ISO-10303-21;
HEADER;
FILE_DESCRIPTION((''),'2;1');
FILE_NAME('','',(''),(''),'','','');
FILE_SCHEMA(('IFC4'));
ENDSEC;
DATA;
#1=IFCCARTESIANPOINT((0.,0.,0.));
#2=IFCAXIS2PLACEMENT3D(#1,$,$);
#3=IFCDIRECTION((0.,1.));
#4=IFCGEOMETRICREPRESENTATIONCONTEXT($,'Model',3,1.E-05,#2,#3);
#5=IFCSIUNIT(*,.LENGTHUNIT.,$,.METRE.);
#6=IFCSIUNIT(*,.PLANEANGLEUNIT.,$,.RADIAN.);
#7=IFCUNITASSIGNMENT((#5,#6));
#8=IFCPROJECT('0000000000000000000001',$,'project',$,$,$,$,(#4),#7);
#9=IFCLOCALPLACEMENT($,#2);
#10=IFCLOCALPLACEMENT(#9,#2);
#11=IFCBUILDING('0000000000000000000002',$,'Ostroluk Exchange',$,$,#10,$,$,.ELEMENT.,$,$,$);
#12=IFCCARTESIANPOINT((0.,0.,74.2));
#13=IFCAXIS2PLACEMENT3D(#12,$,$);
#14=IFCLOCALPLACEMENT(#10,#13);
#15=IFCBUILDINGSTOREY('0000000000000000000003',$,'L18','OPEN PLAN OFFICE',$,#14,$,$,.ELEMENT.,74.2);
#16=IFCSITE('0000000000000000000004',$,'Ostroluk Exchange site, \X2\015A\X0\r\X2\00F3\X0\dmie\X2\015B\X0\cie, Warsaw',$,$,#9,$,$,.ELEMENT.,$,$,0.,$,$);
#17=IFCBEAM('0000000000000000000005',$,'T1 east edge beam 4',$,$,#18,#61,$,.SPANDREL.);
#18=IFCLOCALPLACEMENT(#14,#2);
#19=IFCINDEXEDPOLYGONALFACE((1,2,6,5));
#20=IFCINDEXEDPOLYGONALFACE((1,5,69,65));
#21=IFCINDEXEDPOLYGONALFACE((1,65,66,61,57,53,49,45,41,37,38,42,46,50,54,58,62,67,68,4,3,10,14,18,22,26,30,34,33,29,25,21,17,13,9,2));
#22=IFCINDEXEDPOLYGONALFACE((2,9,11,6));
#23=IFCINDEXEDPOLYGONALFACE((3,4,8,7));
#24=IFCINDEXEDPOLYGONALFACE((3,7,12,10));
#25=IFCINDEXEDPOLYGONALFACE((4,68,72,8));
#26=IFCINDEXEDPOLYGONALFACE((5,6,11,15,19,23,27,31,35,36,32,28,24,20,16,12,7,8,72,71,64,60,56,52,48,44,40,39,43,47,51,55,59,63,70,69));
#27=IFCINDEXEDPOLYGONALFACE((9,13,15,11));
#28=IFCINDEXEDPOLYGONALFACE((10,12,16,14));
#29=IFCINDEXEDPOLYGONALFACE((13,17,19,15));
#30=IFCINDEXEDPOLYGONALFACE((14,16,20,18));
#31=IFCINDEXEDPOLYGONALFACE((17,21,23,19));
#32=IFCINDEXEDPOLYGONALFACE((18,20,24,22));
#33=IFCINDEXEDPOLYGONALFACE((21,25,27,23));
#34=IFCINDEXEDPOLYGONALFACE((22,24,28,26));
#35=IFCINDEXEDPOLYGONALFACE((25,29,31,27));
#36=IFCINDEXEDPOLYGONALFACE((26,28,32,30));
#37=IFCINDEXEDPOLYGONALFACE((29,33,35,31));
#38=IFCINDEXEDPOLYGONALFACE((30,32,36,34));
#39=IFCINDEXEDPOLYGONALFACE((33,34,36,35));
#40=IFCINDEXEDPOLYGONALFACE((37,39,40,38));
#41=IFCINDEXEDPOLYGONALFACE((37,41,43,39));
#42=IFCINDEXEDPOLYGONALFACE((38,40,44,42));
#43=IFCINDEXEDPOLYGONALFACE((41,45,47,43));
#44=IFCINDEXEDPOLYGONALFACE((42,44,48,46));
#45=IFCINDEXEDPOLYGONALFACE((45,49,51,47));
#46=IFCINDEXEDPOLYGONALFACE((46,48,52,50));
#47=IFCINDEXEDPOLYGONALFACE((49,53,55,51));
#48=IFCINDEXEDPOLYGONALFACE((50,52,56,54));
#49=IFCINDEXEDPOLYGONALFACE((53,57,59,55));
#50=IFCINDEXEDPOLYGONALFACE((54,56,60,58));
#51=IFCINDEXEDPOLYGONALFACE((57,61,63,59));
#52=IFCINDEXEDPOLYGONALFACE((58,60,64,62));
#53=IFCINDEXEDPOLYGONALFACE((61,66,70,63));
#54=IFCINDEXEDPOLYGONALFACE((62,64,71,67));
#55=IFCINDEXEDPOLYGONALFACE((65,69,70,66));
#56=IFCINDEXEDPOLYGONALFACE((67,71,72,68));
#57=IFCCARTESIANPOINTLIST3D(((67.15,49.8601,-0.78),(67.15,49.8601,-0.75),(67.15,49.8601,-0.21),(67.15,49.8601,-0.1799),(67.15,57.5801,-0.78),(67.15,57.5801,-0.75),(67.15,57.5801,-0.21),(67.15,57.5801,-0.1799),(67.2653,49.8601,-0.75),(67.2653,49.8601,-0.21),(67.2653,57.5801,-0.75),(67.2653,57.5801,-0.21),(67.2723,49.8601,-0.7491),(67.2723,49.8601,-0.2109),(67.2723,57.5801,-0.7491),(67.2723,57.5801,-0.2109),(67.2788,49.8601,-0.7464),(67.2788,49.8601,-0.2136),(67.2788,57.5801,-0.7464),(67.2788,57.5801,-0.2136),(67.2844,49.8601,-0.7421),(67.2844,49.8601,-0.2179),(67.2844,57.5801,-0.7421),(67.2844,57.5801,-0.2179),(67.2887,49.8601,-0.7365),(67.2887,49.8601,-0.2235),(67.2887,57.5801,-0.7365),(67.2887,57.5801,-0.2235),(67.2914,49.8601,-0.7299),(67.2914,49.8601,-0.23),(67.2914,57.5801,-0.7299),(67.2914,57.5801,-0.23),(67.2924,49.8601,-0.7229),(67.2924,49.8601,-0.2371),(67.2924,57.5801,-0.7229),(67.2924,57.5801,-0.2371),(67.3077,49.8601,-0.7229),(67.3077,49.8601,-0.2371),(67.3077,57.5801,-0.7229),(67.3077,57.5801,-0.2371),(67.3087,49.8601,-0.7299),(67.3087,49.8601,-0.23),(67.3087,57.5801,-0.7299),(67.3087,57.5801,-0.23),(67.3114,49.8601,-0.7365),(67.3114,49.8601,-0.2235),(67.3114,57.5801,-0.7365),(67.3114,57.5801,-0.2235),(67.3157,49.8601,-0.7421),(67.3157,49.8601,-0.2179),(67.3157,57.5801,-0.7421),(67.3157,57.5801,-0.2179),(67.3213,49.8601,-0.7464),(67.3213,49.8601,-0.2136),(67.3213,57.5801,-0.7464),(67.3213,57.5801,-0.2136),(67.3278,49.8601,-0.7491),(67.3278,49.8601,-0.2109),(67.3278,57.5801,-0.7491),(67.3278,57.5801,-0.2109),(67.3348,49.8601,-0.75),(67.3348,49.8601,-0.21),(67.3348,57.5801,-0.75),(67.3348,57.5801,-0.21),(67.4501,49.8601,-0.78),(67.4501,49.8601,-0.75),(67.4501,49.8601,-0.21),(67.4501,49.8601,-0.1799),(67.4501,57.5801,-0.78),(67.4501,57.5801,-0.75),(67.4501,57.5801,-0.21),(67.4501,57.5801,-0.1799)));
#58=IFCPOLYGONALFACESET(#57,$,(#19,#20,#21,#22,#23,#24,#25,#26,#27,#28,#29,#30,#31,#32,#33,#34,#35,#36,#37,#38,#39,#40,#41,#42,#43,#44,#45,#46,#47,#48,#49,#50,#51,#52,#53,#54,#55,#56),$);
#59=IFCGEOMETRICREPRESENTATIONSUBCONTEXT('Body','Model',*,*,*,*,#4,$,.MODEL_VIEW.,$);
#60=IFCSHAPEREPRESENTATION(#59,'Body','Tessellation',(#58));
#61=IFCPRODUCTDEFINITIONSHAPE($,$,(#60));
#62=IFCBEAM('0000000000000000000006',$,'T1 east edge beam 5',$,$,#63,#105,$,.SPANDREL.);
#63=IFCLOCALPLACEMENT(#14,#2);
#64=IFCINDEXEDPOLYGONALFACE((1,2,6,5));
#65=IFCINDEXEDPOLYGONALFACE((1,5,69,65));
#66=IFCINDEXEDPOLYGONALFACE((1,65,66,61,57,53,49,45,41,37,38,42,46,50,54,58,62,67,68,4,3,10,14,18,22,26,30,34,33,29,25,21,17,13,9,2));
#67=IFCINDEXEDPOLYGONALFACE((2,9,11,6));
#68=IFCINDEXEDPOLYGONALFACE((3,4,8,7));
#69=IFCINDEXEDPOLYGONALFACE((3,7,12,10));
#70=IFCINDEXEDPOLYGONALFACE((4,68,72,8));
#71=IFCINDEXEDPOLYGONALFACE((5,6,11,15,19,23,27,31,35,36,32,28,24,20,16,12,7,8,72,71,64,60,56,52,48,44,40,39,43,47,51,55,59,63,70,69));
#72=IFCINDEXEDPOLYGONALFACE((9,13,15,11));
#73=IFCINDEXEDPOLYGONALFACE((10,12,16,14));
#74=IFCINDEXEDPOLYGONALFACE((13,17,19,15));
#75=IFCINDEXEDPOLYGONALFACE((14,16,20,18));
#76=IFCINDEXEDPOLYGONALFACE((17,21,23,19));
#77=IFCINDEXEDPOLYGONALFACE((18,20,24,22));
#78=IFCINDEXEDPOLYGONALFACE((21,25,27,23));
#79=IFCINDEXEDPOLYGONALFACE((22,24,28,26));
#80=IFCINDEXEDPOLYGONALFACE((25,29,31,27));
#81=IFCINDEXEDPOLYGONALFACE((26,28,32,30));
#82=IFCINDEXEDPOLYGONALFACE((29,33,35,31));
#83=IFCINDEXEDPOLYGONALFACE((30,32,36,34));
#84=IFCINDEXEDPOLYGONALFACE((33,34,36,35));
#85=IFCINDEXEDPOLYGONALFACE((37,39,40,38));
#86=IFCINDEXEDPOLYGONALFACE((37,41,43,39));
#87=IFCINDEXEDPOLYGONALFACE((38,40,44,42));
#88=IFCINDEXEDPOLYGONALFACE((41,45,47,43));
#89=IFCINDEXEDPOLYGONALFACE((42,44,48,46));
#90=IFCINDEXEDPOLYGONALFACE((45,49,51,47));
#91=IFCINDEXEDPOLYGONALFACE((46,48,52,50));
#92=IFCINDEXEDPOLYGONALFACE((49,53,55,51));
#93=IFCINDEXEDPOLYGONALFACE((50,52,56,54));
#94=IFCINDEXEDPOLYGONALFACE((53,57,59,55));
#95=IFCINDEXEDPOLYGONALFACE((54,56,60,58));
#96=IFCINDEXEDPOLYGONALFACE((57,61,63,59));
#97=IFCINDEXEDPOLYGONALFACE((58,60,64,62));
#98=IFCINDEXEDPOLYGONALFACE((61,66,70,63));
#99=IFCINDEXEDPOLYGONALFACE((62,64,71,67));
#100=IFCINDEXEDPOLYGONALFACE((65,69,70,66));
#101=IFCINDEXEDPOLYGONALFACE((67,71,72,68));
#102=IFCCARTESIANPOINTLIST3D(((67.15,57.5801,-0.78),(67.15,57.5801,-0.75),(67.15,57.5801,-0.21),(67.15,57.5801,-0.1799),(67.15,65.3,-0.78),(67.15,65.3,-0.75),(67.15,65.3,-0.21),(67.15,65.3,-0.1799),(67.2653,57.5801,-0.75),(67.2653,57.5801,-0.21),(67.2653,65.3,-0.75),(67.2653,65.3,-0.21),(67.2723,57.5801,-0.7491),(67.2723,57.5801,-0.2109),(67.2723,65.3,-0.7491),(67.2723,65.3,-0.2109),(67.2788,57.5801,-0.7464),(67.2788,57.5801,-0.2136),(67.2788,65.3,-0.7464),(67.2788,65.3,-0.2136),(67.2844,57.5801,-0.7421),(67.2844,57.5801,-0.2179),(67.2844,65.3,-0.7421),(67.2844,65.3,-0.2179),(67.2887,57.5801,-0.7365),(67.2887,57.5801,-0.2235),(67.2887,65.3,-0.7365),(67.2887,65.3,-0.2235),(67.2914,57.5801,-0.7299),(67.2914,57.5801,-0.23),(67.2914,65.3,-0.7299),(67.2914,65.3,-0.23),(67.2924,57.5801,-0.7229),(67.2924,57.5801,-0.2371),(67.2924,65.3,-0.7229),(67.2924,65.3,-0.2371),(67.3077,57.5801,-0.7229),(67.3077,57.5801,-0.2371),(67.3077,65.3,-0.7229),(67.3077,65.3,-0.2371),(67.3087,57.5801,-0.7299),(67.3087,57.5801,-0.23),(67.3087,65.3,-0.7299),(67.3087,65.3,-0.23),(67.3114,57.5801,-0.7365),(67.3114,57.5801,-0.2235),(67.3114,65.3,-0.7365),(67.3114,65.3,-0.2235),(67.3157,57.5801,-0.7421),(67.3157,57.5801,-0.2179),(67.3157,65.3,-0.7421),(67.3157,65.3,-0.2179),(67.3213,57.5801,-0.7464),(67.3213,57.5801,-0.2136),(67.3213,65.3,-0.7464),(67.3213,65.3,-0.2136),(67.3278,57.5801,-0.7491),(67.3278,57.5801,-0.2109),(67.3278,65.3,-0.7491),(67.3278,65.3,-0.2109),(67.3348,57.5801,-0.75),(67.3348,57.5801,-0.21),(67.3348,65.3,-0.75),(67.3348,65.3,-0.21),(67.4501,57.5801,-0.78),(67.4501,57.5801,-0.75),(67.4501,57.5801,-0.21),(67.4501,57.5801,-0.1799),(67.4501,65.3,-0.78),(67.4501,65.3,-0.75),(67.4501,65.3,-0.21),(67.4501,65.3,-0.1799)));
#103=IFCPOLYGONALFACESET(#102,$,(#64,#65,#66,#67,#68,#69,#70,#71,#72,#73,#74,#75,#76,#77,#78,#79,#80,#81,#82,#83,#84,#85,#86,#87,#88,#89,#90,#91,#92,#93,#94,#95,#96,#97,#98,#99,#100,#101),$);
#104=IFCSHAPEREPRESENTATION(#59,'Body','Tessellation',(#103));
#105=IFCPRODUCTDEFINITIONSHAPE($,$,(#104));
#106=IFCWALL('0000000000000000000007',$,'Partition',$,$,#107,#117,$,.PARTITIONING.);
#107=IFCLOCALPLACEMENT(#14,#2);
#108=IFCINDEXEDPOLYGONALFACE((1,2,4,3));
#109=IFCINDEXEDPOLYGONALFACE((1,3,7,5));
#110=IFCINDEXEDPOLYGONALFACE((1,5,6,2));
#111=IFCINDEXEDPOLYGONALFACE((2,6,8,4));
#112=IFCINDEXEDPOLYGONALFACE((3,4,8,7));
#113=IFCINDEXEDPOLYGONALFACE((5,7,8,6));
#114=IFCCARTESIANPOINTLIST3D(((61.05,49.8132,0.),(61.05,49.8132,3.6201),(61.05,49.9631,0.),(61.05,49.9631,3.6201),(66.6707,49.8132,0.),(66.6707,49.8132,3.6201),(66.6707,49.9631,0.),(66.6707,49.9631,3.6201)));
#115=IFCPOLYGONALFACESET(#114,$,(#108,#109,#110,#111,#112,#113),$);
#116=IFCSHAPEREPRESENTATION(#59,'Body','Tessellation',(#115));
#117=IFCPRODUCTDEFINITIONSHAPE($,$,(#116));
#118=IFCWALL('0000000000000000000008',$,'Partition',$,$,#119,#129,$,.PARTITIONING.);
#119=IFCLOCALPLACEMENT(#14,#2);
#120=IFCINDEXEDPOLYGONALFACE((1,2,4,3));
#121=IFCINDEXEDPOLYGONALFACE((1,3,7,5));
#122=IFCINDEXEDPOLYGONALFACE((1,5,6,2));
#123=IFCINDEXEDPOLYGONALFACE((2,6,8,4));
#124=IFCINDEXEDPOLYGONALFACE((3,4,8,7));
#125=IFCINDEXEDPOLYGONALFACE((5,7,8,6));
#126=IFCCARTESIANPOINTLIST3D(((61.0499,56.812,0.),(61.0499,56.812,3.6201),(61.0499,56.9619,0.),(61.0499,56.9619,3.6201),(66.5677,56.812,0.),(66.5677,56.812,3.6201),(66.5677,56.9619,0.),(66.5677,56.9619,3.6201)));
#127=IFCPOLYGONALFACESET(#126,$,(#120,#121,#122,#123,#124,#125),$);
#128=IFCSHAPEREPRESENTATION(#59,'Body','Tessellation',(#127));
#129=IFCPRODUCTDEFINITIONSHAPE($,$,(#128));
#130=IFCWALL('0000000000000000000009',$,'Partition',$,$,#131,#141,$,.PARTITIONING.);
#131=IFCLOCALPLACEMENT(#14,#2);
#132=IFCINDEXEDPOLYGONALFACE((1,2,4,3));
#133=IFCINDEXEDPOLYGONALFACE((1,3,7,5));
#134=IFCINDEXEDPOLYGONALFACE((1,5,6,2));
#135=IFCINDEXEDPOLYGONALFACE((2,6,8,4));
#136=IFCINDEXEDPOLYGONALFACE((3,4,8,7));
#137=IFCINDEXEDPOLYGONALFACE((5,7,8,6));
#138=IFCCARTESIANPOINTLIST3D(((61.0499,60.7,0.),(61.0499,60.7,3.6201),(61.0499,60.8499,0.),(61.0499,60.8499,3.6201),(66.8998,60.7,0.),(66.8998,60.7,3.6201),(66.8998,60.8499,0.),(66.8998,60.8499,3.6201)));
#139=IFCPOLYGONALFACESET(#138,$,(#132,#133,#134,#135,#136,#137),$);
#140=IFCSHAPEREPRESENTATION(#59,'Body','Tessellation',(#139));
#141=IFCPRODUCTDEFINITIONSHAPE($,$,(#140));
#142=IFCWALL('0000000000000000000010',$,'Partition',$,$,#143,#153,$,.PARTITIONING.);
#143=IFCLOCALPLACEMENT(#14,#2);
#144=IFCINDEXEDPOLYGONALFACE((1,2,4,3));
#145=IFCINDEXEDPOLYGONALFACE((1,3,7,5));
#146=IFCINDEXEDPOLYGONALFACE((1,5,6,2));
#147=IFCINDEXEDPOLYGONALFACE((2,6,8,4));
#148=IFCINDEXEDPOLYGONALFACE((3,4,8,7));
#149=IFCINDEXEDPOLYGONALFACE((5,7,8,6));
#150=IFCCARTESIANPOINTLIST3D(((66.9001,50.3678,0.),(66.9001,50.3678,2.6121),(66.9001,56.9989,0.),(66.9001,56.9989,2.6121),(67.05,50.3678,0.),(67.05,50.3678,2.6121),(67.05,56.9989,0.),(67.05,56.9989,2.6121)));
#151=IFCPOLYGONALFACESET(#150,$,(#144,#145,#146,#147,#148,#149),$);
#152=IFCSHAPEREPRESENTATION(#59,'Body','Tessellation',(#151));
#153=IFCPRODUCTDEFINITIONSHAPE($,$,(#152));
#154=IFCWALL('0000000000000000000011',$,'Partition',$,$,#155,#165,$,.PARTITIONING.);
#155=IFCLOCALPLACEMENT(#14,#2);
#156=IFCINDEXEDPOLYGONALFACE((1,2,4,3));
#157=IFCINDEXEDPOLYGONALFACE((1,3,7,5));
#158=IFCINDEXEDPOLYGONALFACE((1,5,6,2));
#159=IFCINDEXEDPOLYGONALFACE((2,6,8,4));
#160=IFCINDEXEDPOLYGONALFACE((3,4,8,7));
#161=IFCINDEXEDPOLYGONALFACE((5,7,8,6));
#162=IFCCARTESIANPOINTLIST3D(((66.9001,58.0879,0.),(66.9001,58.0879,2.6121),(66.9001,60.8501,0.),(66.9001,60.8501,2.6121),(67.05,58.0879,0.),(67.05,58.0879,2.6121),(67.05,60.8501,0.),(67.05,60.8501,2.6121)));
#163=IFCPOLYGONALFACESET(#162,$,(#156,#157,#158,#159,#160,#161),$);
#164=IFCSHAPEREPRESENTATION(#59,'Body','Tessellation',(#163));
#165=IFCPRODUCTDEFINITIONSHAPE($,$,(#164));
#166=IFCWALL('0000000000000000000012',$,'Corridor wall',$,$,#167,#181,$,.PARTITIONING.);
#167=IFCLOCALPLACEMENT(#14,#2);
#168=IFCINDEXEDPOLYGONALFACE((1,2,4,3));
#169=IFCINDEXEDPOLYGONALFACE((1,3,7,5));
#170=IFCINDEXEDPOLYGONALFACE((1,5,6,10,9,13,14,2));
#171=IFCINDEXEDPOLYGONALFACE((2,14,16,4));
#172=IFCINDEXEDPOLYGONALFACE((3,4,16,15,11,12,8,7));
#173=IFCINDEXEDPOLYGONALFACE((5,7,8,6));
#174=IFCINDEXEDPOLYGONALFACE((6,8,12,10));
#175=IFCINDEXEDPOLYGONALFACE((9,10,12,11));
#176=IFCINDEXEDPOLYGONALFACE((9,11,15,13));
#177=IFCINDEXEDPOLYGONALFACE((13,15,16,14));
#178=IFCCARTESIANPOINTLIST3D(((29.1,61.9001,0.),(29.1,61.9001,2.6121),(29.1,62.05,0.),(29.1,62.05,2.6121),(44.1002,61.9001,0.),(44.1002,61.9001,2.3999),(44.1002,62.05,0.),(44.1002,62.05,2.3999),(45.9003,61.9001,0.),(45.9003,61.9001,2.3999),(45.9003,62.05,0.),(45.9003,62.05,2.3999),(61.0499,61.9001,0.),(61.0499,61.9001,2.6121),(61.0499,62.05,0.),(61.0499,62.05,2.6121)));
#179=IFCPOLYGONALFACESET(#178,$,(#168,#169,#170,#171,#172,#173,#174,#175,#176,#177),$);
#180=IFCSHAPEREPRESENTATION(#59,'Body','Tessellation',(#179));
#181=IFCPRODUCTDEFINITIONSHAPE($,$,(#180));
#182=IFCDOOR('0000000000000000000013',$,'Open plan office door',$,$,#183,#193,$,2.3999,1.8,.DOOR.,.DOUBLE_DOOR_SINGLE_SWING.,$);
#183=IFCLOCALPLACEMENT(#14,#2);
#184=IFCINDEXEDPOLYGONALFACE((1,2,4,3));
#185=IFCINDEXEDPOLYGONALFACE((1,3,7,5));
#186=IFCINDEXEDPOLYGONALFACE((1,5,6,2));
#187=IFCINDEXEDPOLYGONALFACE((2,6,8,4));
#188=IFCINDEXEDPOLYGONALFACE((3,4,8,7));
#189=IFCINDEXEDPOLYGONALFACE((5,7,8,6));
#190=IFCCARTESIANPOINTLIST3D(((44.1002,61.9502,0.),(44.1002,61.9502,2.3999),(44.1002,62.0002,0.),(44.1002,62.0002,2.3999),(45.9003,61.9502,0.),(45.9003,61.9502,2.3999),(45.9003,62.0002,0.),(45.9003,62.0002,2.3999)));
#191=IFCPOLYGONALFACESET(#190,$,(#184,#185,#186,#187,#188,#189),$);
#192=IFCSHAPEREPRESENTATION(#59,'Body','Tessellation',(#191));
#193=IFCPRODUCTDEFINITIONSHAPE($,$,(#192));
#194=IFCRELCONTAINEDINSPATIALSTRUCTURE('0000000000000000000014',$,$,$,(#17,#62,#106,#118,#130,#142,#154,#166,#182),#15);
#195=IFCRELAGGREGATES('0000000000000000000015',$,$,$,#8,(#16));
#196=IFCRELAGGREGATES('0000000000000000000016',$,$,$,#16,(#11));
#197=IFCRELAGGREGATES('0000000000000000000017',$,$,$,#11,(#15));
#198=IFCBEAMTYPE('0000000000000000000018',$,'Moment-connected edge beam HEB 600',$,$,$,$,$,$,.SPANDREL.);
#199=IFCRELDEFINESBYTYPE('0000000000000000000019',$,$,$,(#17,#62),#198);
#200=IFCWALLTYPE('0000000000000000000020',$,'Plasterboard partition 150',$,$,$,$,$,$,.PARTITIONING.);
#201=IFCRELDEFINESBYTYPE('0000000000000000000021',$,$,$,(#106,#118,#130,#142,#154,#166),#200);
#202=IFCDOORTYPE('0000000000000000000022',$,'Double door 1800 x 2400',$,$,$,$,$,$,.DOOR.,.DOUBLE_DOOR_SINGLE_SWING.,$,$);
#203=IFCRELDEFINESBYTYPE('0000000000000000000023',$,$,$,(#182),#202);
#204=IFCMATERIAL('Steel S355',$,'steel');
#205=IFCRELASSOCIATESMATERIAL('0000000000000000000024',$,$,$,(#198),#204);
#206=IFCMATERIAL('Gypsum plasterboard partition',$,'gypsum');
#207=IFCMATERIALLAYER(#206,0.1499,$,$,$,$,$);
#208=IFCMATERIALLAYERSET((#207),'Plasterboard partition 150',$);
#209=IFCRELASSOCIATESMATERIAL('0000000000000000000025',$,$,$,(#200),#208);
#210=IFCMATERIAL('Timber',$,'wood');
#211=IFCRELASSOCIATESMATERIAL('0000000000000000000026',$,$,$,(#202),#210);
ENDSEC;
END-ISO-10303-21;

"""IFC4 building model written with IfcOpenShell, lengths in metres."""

from ifc_helpers import new_model, si_unit, direction, frame, frame_2d, origin, origin_2d, place, context, subcontext, project, spatial, rectangle, i_section, extrude, material, layer, layer_set, material_profile, profile_set, type_object, element, fill, save


model = new_model("IFC4")

# Units and contexts
model_context = context("Model", 3, precision=1e-05, world=origin(), true_north=direction((0.0, 1.0)))
body_context = subcontext(model_context, "Body", "Model", "MODEL_VIEW")
ifc_project = project(units=[si_unit("LENGTHUNIT", "METRE"), si_unit("PLANEANGLEUNIT", "RADIAN")], contexts=[model_context])

# Site, building, storey
site_placement = place(None, origin())
site = spatial("IfcSite", under=ifc_project, at=site_placement, Name="Ostroluk Exchange site, Śródmieście, Warsaw", CompositionType="ELEMENT", RefElevation=0.0)
building_placement = place(site_placement, origin())
building = spatial("IfcBuilding", under=site, at=building_placement, Name="Ostroluk Exchange", CompositionType="ELEMENT")
storey_placement = place(building_placement, frame((0.0, 0.0, 74.2)))
storey = spatial("IfcBuildingStorey", under=building, at=storey_placement, Name="L18", Description="OPEN PLAN OFFICE", CompositionType="ELEMENT", Elevation=74.2)

# Beams
ifc_material_1 = material(Name="Steel S355", Category="steel")
ifc_material_profile_1 = material_profile(ifc_material_1, i_section(OverallWidth=0.3, OverallDepth=0.6001, WebThickness=0.0154, FlangeThickness=0.03, FilletRadius=0.0271, at=origin_2d()), Name="HEB 600")
ifc_profile_set_1 = profile_set([ifc_material_profile_1], Name="Steel S355")
beam_type_1 = type_object("IfcBeamType", Name="Moment-connected edge beam HEB 600", PredefinedType="SPANDREL", material=ifc_profile_set_1)
for number, where, z_axis, x_axis, name in (
    (1, (67.3, 49.8601, -0.48), (0.0, 1.0, 0.0), (-1.0, 0.0, 0.0), "T1 east edge beam 4"),
    (2, (67.3, 57.5801, -0.48), (0.0, 1.0, 0.0), (-1.0, 0.0, 0.0), "T1 east edge beam 5"),
):
    element("IfcBeam", number, at=place(storey_placement, frame(where, z_axis=z_axis, x_axis=x_axis)), inside=storey, type_object=beam_type_1, Name=name, PredefinedType="SPANDREL", context=body_context, shape_type="SweptSolid", body=[
        extrude(i_section(OverallWidth=0.3, OverallDepth=0.6001, WebThickness=0.0154, FlangeThickness=0.03, FilletRadius=0.0271, at=origin_2d()), origin(), (0.0, 0.0, 1.0), 7.72),
    ])

# Walls
ifc_material_2 = material(Name="Gypsum plasterboard partition", Category="gypsum")
ifc_layer = layer(ifc_material_2, 0.1499)
ifc_layer_set = layer_set([ifc_layer], Name="Plasterboard partition 150")
wall_type = type_object("IfcWallType", Name="Plasterboard partition 150", PredefinedType="PARTITIONING", material=ifc_layer_set)
wall_1_placement = place(storey_placement, frame((61.05, 49.8882, 0.0), z_axis=(0.0, 0.0, 1.0), x_axis=(1.0, 0.0, 0.0)))
element("IfcWall", 3, at=wall_1_placement, inside=storey, type_object=wall_type, Name="Partition", PredefinedType="PARTITIONING", context=body_context, shape_type="SweptSolid", body=[
    extrude(rectangle(XDim=5.6206, YDim=0.1499, at=frame_2d((2.8103, 0.0))), origin(), (0.0, 0.0, 1.0), 3.6201),
])
wall_2_placement = place(storey_placement, frame((61.05, 56.887, 0.0), z_axis=(0.0, 0.0, 1.0), x_axis=(1.0, 0.0, 0.0)))
element("IfcWall", 4, at=wall_2_placement, inside=storey, type_object=wall_type, Name="Partition", PredefinedType="PARTITIONING", context=body_context, shape_type="SweptSolid", body=[
    extrude(rectangle(XDim=5.5178, YDim=0.1499, at=frame_2d((2.7588, 0.0))), origin(), (0.0, 0.0, 1.0), 3.6201),
])
wall_3_placement = place(storey_placement, frame((61.05, 60.7749, 0.0), z_axis=(0.0, 0.0, 1.0), x_axis=(1.0, 0.0, 0.0)))
element("IfcWall", 5, at=wall_3_placement, inside=storey, type_object=wall_type, Name="Partition", PredefinedType="PARTITIONING", context=body_context, shape_type="SweptSolid", body=[
    extrude(rectangle(XDim=5.8499, YDim=0.1499, at=frame_2d((2.9248, 0.0))), origin(), (0.0, 0.0, 1.0), 3.6201),
])
wall_4_placement = place(storey_placement, frame((66.9751, 50.3679, 0.0), z_axis=(0.0, 0.0, 1.0), x_axis=(0.0, 1.0, 0.0)))
element("IfcWall", 6, at=wall_4_placement, inside=storey, type_object=wall_type, Name="Partition", PredefinedType="PARTITIONING", context=body_context, shape_type="SweptSolid", body=[
    extrude(rectangle(XDim=6.6311, YDim=0.1499, at=frame_2d((3.3154, 0.0))), origin(), (0.0, 0.0, 1.0), 2.6121),
])
wall_5_placement = place(storey_placement, frame((66.9751, 58.0879, 0.0), z_axis=(0.0, 0.0, 1.0), x_axis=(0.0, 1.0, 0.0)))
element("IfcWall", 7, at=wall_5_placement, inside=storey, type_object=wall_type, Name="Partition", PredefinedType="PARTITIONING", context=body_context, shape_type="SweptSolid", body=[
    extrude(rectangle(XDim=2.7622, YDim=0.1499, at=frame_2d((1.3811, 0.0))), origin(), (0.0, 0.0, 1.0), 2.6121),
])

# Wall, opening, door
wall_6_placement = place(storey_placement, frame((61.05, 61.9751, 0.0), z_axis=(0.0, 0.0, 1.0), x_axis=(-1.0, 0.0, 0.0)))
wall_6 = element("IfcWall", 8, at=wall_6_placement, inside=storey, type_object=wall_type, Name="Corridor wall", PredefinedType="PARTITIONING", context=body_context, shape_type="SweptSolid", body=[
    extrude(rectangle(XDim=31.95, YDim=0.1499, at=frame_2d((15.9751, 0.0))), origin(), (0.0, 0.0, 1.0), 2.6121),
])
opening_placement = place(wall_6_placement, frame((15.1499, 0.0, 0.0)))
opening = element("IfcOpeningElement", 9, at=opening_placement, cuts=wall_6, PredefinedType="OPENING", context=body_context, shape_type="SweptSolid", body=[
    extrude(rectangle(XDim=1.8, YDim=2.3999, at=frame_2d((0.8999, 1.2))), frame((0.0, 0.085, 0.0), z_axis=(0.0, -1.0, 0.0), x_axis=(1.0, 0.0, 0.0)), (0.0, 0.0, 1.0), 0.1699),
])
ifc_material_3 = material(Name="Timber", Category="wood")
door_type = type_object("IfcDoorType", Name="Double door 1800 x 2400", OperationType="DOUBLE_DOOR_SINGLE_SWING", PredefinedType="DOOR", material=ifc_material_3)
door_placement = place(opening_placement, origin())
door = element("IfcDoor", 10, at=door_placement, inside=storey, type_object=door_type, Name="Open plan office door", OperationType="DOUBLE_DOOR_SINGLE_SWING", OverallHeight=2.3999, OverallWidth=1.8, PredefinedType="DOOR", context=body_context, shape_type="SweptSolid", body=[
    extrude(rectangle(XDim=1.8, YDim=2.3999, at=frame_2d((0.8999, 1.2))), frame((0.0, 0.0249, 0.0), z_axis=(0.0, -1.0, 0.0), x_axis=(1.0, 0.0, 0.0)), (0.0, 0.0, 1.0), 0.05),
])
fill(opening, door)

save(model, "model.ifc")
